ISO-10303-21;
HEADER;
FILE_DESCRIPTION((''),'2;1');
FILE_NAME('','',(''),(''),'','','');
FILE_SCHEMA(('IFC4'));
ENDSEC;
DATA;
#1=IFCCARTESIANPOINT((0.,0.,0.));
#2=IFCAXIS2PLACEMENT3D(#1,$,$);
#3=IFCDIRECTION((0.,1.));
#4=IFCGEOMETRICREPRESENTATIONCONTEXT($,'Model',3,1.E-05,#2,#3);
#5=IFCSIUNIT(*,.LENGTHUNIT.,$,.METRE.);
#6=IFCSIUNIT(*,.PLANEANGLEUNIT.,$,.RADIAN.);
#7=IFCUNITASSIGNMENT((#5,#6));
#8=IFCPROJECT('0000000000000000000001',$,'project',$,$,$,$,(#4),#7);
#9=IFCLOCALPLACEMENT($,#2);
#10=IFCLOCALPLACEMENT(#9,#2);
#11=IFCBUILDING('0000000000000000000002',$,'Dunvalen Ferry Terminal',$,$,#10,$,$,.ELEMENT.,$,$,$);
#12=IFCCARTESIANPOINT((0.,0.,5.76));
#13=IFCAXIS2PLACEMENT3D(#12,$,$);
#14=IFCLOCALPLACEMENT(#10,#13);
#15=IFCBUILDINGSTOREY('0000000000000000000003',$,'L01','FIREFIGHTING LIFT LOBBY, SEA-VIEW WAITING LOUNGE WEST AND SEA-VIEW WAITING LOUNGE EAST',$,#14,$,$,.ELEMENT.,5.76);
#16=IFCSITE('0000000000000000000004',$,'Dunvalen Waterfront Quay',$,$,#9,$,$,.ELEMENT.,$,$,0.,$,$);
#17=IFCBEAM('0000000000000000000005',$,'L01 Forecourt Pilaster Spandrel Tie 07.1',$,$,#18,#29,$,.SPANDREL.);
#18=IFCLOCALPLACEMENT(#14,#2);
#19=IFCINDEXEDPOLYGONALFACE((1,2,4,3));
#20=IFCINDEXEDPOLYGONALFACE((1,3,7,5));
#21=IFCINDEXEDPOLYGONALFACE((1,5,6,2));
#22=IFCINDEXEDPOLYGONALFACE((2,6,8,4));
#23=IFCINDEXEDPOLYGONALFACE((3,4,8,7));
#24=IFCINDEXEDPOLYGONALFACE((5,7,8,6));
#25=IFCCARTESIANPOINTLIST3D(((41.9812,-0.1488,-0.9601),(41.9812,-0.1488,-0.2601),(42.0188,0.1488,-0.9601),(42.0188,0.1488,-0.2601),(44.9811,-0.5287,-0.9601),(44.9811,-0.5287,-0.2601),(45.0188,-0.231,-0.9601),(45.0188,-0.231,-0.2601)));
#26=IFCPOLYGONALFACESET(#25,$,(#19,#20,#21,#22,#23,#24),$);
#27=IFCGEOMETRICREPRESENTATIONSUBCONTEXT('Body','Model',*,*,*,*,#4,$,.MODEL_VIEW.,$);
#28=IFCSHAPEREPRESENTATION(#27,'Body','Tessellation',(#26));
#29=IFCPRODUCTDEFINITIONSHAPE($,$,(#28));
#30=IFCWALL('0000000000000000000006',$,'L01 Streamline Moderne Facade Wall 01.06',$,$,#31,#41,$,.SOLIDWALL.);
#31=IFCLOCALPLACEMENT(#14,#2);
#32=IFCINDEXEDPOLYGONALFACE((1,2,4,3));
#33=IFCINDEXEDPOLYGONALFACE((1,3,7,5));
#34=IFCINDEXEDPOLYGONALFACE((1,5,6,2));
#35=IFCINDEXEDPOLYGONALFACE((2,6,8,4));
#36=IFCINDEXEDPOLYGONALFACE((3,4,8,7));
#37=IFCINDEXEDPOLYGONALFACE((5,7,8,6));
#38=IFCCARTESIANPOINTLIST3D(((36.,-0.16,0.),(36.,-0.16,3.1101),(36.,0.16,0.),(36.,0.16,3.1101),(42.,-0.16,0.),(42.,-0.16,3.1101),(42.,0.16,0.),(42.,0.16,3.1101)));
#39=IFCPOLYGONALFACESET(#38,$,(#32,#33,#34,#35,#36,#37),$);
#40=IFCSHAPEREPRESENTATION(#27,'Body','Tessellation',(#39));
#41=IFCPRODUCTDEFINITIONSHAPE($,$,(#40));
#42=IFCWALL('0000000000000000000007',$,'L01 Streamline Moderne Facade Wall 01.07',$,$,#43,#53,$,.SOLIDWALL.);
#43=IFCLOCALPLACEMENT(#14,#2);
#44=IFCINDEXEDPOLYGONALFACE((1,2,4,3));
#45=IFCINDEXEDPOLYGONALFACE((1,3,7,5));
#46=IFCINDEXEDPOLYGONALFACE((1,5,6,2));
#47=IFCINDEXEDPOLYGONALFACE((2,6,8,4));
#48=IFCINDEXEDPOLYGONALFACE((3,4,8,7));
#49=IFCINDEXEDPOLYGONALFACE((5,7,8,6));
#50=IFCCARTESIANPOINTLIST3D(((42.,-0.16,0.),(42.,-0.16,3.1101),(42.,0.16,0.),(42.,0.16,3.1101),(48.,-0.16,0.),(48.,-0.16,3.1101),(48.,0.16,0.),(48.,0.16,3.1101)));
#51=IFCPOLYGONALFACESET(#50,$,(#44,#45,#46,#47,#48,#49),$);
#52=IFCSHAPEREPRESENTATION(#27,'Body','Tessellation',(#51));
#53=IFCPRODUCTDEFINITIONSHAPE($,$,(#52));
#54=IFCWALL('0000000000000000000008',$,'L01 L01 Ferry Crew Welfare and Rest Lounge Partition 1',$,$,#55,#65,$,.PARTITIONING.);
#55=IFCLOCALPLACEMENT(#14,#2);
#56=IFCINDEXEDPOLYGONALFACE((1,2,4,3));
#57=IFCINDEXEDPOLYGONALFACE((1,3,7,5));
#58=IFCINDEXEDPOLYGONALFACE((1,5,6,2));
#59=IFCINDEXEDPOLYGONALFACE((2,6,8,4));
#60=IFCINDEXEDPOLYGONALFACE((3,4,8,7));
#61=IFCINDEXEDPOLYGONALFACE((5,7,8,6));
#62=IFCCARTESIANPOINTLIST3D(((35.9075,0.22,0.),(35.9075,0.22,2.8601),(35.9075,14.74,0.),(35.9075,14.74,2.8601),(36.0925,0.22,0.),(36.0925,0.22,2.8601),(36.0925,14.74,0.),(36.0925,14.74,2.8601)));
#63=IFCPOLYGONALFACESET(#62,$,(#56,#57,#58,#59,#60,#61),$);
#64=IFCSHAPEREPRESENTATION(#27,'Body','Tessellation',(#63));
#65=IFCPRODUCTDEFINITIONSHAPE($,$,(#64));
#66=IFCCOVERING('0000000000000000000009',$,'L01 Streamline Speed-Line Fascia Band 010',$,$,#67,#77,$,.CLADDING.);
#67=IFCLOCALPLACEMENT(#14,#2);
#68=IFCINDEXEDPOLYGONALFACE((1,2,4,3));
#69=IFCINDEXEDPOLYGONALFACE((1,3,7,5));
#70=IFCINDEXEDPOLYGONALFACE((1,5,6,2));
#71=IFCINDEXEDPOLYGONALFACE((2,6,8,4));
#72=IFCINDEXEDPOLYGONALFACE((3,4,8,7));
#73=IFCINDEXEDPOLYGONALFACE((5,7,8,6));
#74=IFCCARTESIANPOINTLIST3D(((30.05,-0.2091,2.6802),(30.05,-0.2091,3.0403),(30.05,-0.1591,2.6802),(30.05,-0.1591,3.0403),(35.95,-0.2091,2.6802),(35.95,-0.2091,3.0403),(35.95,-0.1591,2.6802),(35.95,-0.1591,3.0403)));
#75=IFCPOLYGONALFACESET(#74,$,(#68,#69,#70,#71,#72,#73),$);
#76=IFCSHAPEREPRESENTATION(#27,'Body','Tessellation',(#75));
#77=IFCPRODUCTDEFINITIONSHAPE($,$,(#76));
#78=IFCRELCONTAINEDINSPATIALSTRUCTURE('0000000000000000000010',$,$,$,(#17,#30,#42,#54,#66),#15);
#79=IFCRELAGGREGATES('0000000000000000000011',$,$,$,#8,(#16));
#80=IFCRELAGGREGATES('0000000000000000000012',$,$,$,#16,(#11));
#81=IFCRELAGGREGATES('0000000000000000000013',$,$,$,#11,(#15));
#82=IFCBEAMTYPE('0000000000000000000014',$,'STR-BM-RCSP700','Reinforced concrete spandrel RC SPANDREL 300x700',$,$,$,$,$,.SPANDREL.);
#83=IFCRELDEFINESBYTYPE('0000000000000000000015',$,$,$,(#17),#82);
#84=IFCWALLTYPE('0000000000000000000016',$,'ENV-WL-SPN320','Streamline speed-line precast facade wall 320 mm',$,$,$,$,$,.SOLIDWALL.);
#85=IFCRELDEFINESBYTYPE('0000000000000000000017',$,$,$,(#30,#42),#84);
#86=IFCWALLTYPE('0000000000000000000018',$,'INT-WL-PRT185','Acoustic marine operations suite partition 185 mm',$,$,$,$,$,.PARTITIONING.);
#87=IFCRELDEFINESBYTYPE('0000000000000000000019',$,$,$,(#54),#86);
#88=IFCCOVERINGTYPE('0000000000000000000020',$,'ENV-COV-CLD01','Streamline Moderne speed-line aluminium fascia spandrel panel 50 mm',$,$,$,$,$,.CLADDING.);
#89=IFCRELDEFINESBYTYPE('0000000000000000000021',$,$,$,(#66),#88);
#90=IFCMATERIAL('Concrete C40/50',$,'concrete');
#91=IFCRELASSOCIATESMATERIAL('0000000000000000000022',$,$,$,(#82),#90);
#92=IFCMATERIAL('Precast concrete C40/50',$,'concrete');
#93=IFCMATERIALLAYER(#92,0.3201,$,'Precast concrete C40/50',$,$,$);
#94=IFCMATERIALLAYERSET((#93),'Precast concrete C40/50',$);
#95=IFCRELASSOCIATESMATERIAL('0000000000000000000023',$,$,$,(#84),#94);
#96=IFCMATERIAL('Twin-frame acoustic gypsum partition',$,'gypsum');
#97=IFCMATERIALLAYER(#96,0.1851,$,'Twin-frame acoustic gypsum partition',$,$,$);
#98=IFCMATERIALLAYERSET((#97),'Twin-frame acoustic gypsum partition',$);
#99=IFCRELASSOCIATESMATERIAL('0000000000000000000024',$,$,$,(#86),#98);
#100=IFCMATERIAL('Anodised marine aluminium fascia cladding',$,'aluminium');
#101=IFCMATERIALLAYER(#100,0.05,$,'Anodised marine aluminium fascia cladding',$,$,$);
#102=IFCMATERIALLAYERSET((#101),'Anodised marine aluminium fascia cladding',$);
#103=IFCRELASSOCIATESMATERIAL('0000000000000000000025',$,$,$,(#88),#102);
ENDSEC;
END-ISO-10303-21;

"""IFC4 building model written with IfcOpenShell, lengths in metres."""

from ifc_helpers import new_model, si_unit, direction, frame, frame_2d, origin, origin_2d, place, context, subcontext, project, spatial, rectangle, extrude, material, layer, layer_set, material_profile, profile_set, type_object, element, save


model = new_model("IFC4")

# Units and contexts
model_context = context("Model", 3, precision=1e-05, world=origin(), true_north=direction((0.0, 1.0)))
body_context = subcontext(model_context, "Body", "Model", "MODEL_VIEW")
ifc_project = project(units=[si_unit("LENGTHUNIT", "METRE"), si_unit("PLANEANGLEUNIT", "RADIAN")], contexts=[model_context])

# Site, building, storey
site_placement = place(None, origin())
site = spatial("IfcSite", under=ifc_project, at=site_placement, Name="Dunvalen Waterfront Quay", CompositionType="ELEMENT", RefElevation=0.0)
building_placement = place(site_placement, origin())
building = spatial("IfcBuilding", under=site, at=building_placement, Name="Dunvalen Ferry Terminal", CompositionType="ELEMENT")
storey_placement = place(building_placement, frame((0.0, 0.0, 5.76)))
storey = spatial("IfcBuildingStorey", under=building, at=storey_placement, Name="L01", Description="FIREFIGHTING LIFT LOBBY, SEA-VIEW WAITING LOUNGE WEST AND SEA-VIEW WAITING LOUNGE EAST", CompositionType="ELEMENT", Elevation=5.76)

# Shared definitions
ifc_material_1 = material(Name="Concrete C40/50", Category="concrete")

# Beam
ifc_material_profile_1 = material_profile(ifc_material_1, rectangle(XDim=0.3, YDim=0.7, at=origin_2d()), Name="Concrete C40/50")
ifc_profile_set_1 = profile_set([ifc_material_profile_1], Name="Concrete C40/50")
beam_type_1 = type_object("IfcBeamType", Name="STR-BM-RCSP700", Description="Reinforced concrete spandrel RC SPANDREL 300x700", PredefinedType="SPANDREL", material=ifc_profile_set_1)
for number, where, z_axis, x_axis, name in (
    (1, (42.0, 0.0, -0.6101), (0.992078, -0.125624, 0.0), (0.125624, 0.992078, 0.0), "L01 Forecourt Pilaster Spandrel Tie 07.1"),
):
    element("IfcBeam", number, at=place(storey_placement, frame(where, z_axis=z_axis, x_axis=x_axis)), inside=storey, type_object=beam_type_1, Name=name, PredefinedType="SPANDREL", context=body_context, shape_type="SweptSolid", body=[
        extrude(rectangle(XDim=0.3, YDim=0.7, at=origin_2d()), origin(), (0.0, 0.0, 1.0), 3.0239),
    ])

# Walls
ifc_material_2 = material(Name="Precast concrete C40/50", Category="concrete")
ifc_layer_1 = layer(ifc_material_2, 0.3201, Name="Precast concrete C40/50")
ifc_layer_set_1 = layer_set([ifc_layer_1], Name="Precast concrete C40/50")
wall_type_1 = type_object("IfcWallType", Name="ENV-WL-SPN320", Description="Streamline speed-line precast facade wall 320 mm", PredefinedType="SOLIDWALL", material=ifc_layer_set_1)
for number, where, z_axis, x_axis, name in (
    (2, (36.0, 0.0, 0.0), (0.0, 0.0, 1.0), (1.0, 0.0, 0.0), "L01 Streamline Moderne Facade Wall 01.06"),
    (3, (42.0, 0.0, 0.0), (0.0, 0.0, 1.0), (1.0, 0.0, 0.0), "L01 Streamline Moderne Facade Wall 01.07"),
):
    element("IfcWall", number, at=place(storey_placement, frame(where, z_axis=z_axis, x_axis=x_axis)), inside=storey, type_object=wall_type_1, Name=name, PredefinedType="SOLIDWALL", context=body_context, shape_type="SweptSolid", body=[
        extrude(rectangle(XDim=6.0, YDim=0.3201, at=frame_2d((3.0, 0.0))), origin(), (0.0, 0.0, 1.0), 3.1101),
    ])
ifc_material_3 = material(Name="Twin-frame acoustic gypsum partition", Category="gypsum")
ifc_layer_2 = layer(ifc_material_3, 0.1851, Name="Twin-frame acoustic gypsum partition")
ifc_layer_set_2 = layer_set([ifc_layer_2], Name="Twin-frame acoustic gypsum partition")
wall_type_2 = type_object("IfcWallType", Name="INT-WL-PRT185", Description="Acoustic marine operations suite partition 185 mm", PredefinedType="PARTITIONING", material=ifc_layer_set_2)
wall_placement = place(storey_placement, frame((36.0, 0.22, 0.0), z_axis=(0.0, 0.0, 1.0), x_axis=(0.0, 1.0, 0.0)))
element("IfcWall", 4, at=wall_placement, inside=storey, type_object=wall_type_2, Name="L01 L01 Ferry Crew Welfare and Rest Lounge Partition 1", PredefinedType="PARTITIONING", context=body_context, shape_type="SweptSolid", body=[
    extrude(rectangle(XDim=14.52, YDim=0.1851, at=frame_2d((7.26, 0.0))), origin(), (0.0, 0.0, 1.0), 2.8601),
])

# Covering
ifc_material_4 = material(Name="Anodised marine aluminium fascia cladding", Category="aluminium")
ifc_layer_3 = layer(ifc_material_4, 0.05, Name="Anodised marine aluminium fascia cladding")
ifc_layer_set_3 = layer_set([ifc_layer_3], Name="Anodised marine aluminium fascia cladding")
covering_type = type_object("IfcCoveringType", Name="ENV-COV-CLD01", Description="Streamline Moderne speed-line aluminium fascia spandrel panel 50 mm", PredefinedType="CLADDING", material=ifc_layer_set_3)
covering_placement = place(storey_placement, frame((33.0, -0.1841, 2.6802), z_axis=(0.0, 0.0, 1.0), x_axis=(1.0, 0.0, 0.0)))
element("IfcCovering", 5, at=covering_placement, inside=storey, type_object=covering_type, Name="L01 Streamline Speed-Line Fascia Band 010", PredefinedType="CLADDING", context=body_context, shape_type="SweptSolid", body=[
    extrude(rectangle(XDim=5.8999, YDim=0.05, at=origin_2d()), origin(), (0.0, 0.0, 1.0), 0.3601),
])

save(model, "model.ifc")
